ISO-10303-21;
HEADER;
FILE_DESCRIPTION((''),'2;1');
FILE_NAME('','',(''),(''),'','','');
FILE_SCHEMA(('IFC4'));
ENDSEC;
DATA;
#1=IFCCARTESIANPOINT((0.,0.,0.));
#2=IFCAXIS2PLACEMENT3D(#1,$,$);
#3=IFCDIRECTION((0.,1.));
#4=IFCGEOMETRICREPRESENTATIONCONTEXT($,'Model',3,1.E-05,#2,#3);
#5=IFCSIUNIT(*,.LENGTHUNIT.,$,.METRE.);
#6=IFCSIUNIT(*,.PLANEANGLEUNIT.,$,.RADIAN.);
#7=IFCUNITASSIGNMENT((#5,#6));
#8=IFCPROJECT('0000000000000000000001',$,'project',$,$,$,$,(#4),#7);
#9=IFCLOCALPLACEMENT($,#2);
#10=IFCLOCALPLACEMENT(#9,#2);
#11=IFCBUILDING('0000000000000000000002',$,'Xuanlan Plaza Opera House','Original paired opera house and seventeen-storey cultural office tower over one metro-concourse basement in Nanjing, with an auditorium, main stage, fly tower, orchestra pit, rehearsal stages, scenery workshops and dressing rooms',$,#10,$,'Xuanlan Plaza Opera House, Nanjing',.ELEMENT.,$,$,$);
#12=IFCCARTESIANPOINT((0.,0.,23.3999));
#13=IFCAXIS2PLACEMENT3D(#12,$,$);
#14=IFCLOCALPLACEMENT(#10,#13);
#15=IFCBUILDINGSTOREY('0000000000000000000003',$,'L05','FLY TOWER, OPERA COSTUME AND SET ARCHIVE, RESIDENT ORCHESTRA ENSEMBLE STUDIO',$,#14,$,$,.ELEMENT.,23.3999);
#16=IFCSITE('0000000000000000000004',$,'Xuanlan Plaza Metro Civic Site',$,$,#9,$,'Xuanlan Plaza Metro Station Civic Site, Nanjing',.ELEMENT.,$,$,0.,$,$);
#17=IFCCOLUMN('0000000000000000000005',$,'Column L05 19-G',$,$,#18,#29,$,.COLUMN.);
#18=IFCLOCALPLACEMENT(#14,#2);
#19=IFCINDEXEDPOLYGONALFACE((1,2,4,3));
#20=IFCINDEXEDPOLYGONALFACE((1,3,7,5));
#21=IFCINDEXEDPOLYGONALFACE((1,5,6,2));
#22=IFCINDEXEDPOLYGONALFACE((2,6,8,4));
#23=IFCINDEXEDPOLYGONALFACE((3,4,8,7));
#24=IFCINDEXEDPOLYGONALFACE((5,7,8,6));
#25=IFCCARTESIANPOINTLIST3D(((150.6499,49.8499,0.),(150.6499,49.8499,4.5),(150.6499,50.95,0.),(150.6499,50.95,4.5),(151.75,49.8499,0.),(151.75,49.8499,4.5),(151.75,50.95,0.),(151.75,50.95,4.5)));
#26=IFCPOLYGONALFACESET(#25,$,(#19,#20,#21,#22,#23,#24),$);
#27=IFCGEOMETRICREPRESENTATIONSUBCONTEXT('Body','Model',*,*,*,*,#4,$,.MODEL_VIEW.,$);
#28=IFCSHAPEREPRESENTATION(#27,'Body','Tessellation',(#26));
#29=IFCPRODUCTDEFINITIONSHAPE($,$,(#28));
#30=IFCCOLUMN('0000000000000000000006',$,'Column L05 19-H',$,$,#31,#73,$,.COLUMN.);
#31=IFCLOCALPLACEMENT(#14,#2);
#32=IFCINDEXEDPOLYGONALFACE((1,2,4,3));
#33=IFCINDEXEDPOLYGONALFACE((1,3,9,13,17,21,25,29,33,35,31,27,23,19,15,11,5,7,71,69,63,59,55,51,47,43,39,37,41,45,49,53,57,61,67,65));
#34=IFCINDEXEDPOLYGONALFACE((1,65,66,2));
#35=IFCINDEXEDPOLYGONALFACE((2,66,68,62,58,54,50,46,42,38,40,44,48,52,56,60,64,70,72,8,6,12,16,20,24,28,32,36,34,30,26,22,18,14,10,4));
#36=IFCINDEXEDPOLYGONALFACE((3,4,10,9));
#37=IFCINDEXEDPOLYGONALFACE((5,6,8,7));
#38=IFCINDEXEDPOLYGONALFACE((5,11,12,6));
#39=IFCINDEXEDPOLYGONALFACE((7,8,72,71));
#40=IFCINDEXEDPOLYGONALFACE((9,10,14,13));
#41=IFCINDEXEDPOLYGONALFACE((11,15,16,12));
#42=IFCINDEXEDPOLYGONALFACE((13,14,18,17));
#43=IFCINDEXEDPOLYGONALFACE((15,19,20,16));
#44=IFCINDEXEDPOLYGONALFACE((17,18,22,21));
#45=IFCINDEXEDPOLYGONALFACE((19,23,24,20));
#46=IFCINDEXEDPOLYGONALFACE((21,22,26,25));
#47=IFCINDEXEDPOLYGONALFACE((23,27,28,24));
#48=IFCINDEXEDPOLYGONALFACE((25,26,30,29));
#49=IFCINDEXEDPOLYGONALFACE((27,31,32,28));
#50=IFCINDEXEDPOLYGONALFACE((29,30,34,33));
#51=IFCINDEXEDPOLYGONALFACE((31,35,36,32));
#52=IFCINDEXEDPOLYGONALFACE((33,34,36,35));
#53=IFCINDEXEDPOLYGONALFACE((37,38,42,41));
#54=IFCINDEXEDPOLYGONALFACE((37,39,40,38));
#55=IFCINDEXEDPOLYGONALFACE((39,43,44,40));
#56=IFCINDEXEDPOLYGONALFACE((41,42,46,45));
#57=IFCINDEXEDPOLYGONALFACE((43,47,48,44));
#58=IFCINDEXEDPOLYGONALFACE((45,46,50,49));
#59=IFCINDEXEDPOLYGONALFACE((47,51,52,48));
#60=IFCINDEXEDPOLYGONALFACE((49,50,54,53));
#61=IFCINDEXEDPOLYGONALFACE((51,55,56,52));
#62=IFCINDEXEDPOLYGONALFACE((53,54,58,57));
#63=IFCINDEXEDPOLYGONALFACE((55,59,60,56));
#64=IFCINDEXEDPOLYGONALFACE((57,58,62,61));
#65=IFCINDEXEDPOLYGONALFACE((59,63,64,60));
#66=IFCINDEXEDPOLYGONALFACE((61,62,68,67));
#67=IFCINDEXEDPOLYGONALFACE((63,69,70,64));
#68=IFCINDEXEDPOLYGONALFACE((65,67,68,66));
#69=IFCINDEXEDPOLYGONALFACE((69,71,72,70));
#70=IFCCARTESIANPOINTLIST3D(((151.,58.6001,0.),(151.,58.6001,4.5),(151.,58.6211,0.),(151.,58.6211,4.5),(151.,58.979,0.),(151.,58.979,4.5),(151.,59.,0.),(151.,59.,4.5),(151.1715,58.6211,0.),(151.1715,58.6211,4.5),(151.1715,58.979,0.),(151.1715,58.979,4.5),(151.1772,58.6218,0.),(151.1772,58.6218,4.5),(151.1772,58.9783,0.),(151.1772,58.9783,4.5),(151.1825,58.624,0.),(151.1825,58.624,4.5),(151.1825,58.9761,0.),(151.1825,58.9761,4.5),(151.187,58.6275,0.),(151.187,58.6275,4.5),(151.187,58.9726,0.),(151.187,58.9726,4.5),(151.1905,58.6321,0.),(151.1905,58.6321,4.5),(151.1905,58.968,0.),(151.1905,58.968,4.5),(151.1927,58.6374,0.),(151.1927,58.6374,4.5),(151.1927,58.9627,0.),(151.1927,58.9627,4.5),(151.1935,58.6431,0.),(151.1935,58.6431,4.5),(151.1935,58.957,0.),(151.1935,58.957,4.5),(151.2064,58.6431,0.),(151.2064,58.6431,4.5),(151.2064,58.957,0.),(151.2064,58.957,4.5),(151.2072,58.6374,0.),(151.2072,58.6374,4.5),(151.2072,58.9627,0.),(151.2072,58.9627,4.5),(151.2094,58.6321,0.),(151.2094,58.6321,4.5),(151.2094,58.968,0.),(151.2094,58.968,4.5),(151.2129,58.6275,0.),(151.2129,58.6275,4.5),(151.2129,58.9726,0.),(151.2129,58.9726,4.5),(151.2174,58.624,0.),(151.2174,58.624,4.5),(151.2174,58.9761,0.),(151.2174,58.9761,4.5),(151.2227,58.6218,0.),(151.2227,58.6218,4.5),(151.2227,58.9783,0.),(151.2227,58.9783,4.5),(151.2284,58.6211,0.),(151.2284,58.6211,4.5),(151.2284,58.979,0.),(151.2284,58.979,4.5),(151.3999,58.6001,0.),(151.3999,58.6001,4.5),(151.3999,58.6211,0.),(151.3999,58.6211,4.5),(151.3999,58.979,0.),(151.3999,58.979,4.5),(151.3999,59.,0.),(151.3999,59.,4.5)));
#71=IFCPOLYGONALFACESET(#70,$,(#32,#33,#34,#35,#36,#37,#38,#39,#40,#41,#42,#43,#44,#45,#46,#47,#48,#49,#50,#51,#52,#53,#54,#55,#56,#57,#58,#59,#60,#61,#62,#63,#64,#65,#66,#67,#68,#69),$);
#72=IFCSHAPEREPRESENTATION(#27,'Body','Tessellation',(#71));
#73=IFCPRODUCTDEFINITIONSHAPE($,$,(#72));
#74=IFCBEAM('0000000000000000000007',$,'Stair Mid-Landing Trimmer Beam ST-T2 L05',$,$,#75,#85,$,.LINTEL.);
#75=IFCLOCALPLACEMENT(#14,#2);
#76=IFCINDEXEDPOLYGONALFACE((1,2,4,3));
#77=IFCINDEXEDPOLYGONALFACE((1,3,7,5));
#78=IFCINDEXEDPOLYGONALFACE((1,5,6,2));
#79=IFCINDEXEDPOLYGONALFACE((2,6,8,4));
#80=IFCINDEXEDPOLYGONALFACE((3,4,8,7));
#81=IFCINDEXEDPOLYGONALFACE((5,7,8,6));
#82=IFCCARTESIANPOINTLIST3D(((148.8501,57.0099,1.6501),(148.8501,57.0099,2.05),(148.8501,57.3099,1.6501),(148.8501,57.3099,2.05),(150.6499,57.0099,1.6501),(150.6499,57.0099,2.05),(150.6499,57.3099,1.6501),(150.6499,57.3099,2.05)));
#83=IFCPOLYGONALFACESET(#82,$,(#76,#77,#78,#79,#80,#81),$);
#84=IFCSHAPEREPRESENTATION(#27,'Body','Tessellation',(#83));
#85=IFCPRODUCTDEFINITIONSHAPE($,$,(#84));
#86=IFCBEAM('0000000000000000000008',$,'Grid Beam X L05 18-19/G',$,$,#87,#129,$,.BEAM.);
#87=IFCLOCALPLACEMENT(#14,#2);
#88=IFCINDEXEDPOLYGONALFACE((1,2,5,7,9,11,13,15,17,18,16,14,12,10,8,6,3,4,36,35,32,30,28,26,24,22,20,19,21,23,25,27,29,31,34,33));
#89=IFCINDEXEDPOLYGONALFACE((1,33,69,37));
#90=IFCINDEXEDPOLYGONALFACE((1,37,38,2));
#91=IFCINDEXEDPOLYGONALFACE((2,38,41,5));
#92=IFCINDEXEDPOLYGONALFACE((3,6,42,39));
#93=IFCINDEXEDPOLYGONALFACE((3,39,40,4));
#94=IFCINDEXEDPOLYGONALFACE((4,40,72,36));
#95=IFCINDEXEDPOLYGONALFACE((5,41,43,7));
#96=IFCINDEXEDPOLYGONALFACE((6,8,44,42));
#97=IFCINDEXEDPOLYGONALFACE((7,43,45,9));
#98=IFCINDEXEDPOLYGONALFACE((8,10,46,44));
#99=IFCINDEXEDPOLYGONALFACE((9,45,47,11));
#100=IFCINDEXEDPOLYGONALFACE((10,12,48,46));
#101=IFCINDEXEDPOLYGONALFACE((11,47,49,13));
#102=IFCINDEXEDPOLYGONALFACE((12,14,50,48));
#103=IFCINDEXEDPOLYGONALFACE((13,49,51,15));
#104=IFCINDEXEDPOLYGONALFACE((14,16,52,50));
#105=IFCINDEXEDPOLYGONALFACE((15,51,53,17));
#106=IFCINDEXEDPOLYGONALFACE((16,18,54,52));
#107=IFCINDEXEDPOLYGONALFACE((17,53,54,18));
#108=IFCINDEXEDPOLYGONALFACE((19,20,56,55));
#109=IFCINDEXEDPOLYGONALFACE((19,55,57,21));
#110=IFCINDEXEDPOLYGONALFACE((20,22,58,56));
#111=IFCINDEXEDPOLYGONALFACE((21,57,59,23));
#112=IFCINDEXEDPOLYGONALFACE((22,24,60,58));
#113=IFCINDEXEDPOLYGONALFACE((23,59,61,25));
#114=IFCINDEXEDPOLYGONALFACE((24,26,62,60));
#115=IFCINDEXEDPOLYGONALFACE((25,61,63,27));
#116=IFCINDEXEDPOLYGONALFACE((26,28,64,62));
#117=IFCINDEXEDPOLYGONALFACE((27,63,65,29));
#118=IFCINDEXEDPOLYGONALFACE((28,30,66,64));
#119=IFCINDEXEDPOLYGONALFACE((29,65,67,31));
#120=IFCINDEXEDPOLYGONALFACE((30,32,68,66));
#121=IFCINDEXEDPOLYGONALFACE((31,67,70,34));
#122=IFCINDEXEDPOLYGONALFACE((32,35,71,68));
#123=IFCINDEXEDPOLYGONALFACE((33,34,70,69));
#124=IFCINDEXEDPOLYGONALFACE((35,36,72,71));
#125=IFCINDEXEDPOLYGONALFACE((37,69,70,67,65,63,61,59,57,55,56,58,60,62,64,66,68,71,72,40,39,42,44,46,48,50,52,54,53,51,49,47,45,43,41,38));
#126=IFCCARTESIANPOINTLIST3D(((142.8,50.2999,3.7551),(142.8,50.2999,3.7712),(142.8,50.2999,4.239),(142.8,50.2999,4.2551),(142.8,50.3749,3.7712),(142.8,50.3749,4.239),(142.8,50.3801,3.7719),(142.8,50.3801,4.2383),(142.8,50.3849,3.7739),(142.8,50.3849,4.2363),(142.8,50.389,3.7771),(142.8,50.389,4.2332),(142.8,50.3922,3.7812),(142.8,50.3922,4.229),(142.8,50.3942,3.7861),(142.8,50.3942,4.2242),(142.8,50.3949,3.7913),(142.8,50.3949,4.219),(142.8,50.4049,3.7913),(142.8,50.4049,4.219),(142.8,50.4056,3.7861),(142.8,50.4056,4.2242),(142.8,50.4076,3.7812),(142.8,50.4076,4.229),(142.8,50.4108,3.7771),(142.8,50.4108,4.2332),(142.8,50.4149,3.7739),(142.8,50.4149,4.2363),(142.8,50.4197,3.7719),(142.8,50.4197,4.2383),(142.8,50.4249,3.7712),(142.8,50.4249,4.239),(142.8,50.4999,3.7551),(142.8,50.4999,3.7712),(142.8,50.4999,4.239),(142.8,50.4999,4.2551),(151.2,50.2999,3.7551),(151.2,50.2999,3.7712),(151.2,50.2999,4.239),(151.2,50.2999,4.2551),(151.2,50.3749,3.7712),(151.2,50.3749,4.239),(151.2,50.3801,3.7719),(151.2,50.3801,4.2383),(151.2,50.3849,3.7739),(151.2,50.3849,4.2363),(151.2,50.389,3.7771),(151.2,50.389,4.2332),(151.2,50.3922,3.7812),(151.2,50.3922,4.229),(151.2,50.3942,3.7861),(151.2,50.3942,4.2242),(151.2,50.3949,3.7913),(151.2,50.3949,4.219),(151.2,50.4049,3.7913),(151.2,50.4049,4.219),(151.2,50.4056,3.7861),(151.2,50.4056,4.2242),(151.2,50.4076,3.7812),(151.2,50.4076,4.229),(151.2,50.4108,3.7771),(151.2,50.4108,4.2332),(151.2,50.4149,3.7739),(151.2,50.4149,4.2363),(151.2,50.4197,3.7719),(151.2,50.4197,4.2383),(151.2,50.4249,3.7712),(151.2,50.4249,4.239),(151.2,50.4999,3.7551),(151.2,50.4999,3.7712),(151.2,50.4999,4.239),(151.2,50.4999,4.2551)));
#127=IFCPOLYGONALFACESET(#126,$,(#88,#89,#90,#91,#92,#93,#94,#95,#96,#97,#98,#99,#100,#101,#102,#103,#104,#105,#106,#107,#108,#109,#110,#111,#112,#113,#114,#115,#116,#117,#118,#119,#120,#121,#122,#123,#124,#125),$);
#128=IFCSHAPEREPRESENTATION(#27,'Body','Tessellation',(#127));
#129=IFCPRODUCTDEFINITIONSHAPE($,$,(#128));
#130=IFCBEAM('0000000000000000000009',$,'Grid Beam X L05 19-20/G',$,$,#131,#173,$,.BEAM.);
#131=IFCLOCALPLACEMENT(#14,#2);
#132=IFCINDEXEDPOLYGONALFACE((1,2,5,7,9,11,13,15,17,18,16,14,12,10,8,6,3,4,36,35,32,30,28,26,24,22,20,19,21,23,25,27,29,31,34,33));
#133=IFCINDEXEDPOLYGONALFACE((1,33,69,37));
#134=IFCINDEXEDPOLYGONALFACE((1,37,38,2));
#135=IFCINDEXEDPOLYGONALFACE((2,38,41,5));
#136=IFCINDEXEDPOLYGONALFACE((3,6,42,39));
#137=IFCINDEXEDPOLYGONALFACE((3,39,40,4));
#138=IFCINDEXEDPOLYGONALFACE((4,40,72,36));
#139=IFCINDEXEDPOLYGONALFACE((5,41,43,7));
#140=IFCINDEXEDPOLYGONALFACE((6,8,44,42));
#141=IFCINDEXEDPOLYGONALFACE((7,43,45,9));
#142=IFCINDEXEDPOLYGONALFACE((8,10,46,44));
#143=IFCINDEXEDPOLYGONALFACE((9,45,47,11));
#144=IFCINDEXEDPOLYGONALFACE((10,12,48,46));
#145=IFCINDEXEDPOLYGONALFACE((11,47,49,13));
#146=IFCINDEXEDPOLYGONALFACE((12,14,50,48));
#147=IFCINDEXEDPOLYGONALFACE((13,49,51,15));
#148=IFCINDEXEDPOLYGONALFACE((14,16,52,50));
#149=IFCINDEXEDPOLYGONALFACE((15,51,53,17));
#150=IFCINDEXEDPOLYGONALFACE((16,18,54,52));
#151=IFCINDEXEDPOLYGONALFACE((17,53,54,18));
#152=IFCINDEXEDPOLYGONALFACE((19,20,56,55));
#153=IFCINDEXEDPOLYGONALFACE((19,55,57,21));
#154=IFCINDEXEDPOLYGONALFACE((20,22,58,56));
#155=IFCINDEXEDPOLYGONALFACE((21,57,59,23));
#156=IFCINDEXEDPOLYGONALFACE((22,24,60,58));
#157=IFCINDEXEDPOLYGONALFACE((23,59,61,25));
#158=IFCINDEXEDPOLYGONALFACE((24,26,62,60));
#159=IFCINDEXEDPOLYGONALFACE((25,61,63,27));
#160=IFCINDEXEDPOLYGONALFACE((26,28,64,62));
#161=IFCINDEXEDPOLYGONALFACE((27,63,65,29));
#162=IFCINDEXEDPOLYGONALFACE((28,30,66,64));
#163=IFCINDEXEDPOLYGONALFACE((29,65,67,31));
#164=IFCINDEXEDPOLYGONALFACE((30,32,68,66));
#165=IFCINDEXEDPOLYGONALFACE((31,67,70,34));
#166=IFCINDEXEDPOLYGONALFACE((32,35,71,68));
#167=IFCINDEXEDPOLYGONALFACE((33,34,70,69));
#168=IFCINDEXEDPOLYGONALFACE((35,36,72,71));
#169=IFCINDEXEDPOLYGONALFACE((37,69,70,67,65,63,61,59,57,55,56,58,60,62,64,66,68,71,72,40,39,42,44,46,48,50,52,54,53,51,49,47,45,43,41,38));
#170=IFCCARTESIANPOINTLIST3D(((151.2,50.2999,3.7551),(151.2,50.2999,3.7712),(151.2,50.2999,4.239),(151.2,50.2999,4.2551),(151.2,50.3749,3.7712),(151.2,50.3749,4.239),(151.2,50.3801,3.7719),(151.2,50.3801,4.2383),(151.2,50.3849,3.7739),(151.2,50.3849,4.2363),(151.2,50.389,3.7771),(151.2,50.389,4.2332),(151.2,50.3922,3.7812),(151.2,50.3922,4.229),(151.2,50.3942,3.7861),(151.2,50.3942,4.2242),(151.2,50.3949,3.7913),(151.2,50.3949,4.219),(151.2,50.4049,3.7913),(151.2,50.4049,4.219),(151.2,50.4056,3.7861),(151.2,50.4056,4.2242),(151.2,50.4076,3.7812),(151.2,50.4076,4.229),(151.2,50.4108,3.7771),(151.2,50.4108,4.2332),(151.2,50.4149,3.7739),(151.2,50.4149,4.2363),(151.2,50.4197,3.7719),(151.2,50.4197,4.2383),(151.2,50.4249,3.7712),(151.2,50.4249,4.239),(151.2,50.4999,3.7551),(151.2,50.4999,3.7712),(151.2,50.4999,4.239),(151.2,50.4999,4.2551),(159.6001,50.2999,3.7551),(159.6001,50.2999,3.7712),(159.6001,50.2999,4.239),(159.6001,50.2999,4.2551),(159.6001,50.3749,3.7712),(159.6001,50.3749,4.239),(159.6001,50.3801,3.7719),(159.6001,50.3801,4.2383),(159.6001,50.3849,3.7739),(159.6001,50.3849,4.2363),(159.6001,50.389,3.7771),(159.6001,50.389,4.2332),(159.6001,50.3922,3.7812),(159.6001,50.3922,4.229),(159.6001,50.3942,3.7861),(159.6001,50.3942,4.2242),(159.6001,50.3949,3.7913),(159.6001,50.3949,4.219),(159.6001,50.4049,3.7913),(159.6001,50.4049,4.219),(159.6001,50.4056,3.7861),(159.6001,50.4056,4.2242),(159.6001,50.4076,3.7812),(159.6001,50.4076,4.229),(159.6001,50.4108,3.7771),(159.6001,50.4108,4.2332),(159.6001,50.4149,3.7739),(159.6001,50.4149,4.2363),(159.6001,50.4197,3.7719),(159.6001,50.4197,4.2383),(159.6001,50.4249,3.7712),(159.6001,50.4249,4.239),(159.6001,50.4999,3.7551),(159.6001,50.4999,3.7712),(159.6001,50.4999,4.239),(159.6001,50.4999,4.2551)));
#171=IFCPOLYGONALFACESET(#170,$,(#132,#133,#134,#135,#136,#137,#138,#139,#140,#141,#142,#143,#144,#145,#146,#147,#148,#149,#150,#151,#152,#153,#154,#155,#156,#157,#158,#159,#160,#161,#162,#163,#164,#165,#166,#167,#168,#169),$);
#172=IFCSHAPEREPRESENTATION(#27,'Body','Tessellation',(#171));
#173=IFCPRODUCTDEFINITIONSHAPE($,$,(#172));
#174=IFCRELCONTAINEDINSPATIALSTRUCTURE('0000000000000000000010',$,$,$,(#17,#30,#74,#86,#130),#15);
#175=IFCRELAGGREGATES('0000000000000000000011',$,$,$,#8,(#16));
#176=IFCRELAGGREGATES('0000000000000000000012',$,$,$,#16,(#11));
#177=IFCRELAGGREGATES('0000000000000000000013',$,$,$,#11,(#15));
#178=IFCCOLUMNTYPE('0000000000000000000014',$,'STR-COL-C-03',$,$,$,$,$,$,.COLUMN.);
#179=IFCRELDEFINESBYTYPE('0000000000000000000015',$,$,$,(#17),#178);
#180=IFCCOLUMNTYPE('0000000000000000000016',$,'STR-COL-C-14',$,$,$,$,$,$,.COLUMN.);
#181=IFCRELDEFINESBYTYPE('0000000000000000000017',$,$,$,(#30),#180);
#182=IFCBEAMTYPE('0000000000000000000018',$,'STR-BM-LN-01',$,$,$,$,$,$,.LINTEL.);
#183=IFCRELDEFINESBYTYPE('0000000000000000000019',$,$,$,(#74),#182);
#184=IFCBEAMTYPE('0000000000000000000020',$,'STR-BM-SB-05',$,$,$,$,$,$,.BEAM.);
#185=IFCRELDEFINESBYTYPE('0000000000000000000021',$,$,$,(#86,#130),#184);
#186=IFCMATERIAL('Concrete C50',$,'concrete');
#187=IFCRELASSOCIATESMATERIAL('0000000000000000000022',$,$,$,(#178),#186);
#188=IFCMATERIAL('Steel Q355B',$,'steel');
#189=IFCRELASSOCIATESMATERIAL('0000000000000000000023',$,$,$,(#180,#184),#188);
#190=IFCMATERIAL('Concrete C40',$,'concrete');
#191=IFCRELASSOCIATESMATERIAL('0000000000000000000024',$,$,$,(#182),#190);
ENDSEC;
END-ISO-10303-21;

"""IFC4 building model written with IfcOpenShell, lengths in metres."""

from ifc_helpers import new_model, si_unit, direction, frame, origin, origin_2d, place, context, subcontext, project, spatial, rectangle, i_section, extrude, material, material_profile, profile_set, type_object, element, save


model = new_model("IFC4")

# Units and contexts
model_context = context("Model", 3, precision=1e-05, world=origin(), true_north=direction((0.0, 1.0)))
body_context = subcontext(model_context, "Body", "Model", "MODEL_VIEW")
ifc_project = project(units=[si_unit("LENGTHUNIT", "METRE"), si_unit("PLANEANGLEUNIT", "RADIAN")], contexts=[model_context])

# Site, building, storey
site_placement = place(None, origin())
site = spatial("IfcSite", under=ifc_project, at=site_placement, Name="Xuanlan Plaza Metro Civic Site", LongName="Xuanlan Plaza Metro Station Civic Site, Nanjing", CompositionType="ELEMENT", RefElevation=0.0)
building_placement = place(site_placement, origin())
building = spatial("IfcBuilding", under=site, at=building_placement, Name="Xuanlan Plaza Opera House", Description="Original paired opera house and seventeen-storey cultural office tower over one metro-concourse basement in Nanjing, with an auditorium, main stage, fly tower, orchestra pit, rehearsal stages, scenery workshops and dressing rooms", LongName="Xuanlan Plaza Opera House, Nanjing", CompositionType="ELEMENT")
storey_placement = place(building_placement, frame((0.0, 0.0, 23.3999)))
storey = spatial("IfcBuildingStorey", under=building, at=storey_placement, Name="L05", Description="FLY TOWER, OPERA COSTUME AND SET ARCHIVE, RESIDENT ORCHESTRA ENSEMBLE STUDIO", CompositionType="ELEMENT", Elevation=23.3999)

# Columns
ifc_material_1 = material(Name="Concrete C50", Category="concrete")
ifc_material_profile_1 = material_profile(ifc_material_1, rectangle(XDim=1.1001, YDim=1.1001, at=origin_2d()), Name="RC-COL 1100x1100")
ifc_profile_set_1 = profile_set([ifc_material_profile_1], Name="Concrete C50")
column_type_1 = type_object("IfcColumnType", Name="STR-COL-C-03", PredefinedType="COLUMN", material=ifc_profile_set_1)
column_1_placement = place(storey_placement, frame((151.2, 50.3999, 0.0), z_axis=(0.0, 0.0, 1.0), x_axis=(1.0, 0.0, 0.0)))
element("IfcColumn", 1, at=column_1_placement, inside=storey, type_object=column_type_1, Name="Column L05 19-G", PredefinedType="COLUMN", context=body_context, shape_type="SweptSolid", body=[
    extrude(rectangle(XDim=1.1001, YDim=1.1001, at=origin_2d()), origin(), (0.0, 0.0, 1.0), 4.5),
])
ifc_material_2 = material(Name="Steel Q355B", Category="steel")
ifc_material_profile_2 = material_profile(ifc_material_2, i_section(OverallWidth=0.3999, OverallDepth=0.3999, WebThickness=0.0129, FlangeThickness=0.021, FilletRadius=0.022, at=origin_2d()), Name="HW 400x400x13x21")
ifc_profile_set_2 = profile_set([ifc_material_profile_2], Name="Steel Q355B")
column_type_2 = type_object("IfcColumnType", Name="STR-COL-C-14", PredefinedType="COLUMN", material=ifc_profile_set_2)
column_2_placement = place(storey_placement, frame((151.2, 58.8, 0.0), z_axis=(0.0, 0.0, 1.0), x_axis=(1.0, 0.0, 0.0)))
element("IfcColumn", 2, at=column_2_placement, inside=storey, type_object=column_type_2, Name="Column L05 19-H", PredefinedType="COLUMN", context=body_context, shape_type="SweptSolid", body=[
    extrude(i_section(OverallWidth=0.3999, OverallDepth=0.3999, WebThickness=0.0129, FlangeThickness=0.021, FilletRadius=0.022, at=origin_2d()), origin(), (0.0, 0.0, 1.0), 4.5),
])

# Beams
ifc_material_3 = material(Name="Concrete C40", Category="concrete")
ifc_material_profile_3 = material_profile(ifc_material_3, rectangle(XDim=0.3, YDim=0.3999, at=origin_2d()), Name="RC-LNT 300x400")
ifc_profile_set_3 = profile_set([ifc_material_profile_3], Name="Concrete C40")
beam_type_1 = type_object("IfcBeamType", Name="STR-BM-LN-01", PredefinedType="LINTEL", material=ifc_profile_set_3)
beam_1_placement = place(storey_placement, frame((148.8501, 57.1599, 1.8501), z_axis=(1.0, 0.0, 0.0), x_axis=(0.0, 1.0, 0.0)))
element("IfcBeam", 3, at=beam_1_placement, inside=storey, type_object=beam_type_1, Name="Stair Mid-Landing Trimmer Beam ST-T2 L05", PredefinedType="LINTEL", context=body_context, shape_type="SweptSolid", body=[
    extrude(rectangle(XDim=0.3, YDim=0.3999, at=origin_2d()), origin(), (0.0, 0.0, 1.0), 1.7998),
])
ifc_material_profile_4 = material_profile(ifc_material_2, i_section(OverallWidth=0.2, OverallDepth=0.5, WebThickness=0.01, FlangeThickness=0.0161, FilletRadius=0.02, at=origin_2d()), Name="HN 500x200x10x16")
ifc_profile_set_4 = profile_set([ifc_material_profile_4], Name="Steel Q355B")
beam_type_2 = type_object("IfcBeamType", Name="STR-BM-SB-05", PredefinedType="BEAM", material=ifc_profile_set_4)
beam_2_placement = place(storey_placement, frame((142.8, 50.3999, 4.0051), z_axis=(1.0, 0.0, 0.0), x_axis=(0.0, 1.0, 0.0)))
element("IfcBeam", 4, at=beam_2_placement, inside=storey, type_object=beam_type_2, Name="Grid Beam X L05 18-19/G", PredefinedType="BEAM", context=body_context, shape_type="SweptSolid", body=[
    extrude(i_section(OverallWidth=0.2, OverallDepth=0.5, WebThickness=0.01, FlangeThickness=0.0161, FilletRadius=0.02, at=origin_2d()), origin(), (0.0, 0.0, 1.0), 8.3999),
])
beam_3_placement = place(storey_placement, frame((151.2, 50.3999, 4.0051), z_axis=(1.0, 0.0, 0.0), x_axis=(0.0, 1.0, 0.0)))
element("IfcBeam", 5, at=beam_3_placement, inside=storey, type_object=beam_type_2, Name="Grid Beam X L05 19-20/G", PredefinedType="BEAM", context=body_context, shape_type="SweptSolid", body=[
    extrude(i_section(OverallWidth=0.2, OverallDepth=0.5, WebThickness=0.01, FlangeThickness=0.0161, FilletRadius=0.02, at=origin_2d()), origin(), (0.0, 0.0, 1.0), 8.4001),
])

save(model, "model.ifc")
